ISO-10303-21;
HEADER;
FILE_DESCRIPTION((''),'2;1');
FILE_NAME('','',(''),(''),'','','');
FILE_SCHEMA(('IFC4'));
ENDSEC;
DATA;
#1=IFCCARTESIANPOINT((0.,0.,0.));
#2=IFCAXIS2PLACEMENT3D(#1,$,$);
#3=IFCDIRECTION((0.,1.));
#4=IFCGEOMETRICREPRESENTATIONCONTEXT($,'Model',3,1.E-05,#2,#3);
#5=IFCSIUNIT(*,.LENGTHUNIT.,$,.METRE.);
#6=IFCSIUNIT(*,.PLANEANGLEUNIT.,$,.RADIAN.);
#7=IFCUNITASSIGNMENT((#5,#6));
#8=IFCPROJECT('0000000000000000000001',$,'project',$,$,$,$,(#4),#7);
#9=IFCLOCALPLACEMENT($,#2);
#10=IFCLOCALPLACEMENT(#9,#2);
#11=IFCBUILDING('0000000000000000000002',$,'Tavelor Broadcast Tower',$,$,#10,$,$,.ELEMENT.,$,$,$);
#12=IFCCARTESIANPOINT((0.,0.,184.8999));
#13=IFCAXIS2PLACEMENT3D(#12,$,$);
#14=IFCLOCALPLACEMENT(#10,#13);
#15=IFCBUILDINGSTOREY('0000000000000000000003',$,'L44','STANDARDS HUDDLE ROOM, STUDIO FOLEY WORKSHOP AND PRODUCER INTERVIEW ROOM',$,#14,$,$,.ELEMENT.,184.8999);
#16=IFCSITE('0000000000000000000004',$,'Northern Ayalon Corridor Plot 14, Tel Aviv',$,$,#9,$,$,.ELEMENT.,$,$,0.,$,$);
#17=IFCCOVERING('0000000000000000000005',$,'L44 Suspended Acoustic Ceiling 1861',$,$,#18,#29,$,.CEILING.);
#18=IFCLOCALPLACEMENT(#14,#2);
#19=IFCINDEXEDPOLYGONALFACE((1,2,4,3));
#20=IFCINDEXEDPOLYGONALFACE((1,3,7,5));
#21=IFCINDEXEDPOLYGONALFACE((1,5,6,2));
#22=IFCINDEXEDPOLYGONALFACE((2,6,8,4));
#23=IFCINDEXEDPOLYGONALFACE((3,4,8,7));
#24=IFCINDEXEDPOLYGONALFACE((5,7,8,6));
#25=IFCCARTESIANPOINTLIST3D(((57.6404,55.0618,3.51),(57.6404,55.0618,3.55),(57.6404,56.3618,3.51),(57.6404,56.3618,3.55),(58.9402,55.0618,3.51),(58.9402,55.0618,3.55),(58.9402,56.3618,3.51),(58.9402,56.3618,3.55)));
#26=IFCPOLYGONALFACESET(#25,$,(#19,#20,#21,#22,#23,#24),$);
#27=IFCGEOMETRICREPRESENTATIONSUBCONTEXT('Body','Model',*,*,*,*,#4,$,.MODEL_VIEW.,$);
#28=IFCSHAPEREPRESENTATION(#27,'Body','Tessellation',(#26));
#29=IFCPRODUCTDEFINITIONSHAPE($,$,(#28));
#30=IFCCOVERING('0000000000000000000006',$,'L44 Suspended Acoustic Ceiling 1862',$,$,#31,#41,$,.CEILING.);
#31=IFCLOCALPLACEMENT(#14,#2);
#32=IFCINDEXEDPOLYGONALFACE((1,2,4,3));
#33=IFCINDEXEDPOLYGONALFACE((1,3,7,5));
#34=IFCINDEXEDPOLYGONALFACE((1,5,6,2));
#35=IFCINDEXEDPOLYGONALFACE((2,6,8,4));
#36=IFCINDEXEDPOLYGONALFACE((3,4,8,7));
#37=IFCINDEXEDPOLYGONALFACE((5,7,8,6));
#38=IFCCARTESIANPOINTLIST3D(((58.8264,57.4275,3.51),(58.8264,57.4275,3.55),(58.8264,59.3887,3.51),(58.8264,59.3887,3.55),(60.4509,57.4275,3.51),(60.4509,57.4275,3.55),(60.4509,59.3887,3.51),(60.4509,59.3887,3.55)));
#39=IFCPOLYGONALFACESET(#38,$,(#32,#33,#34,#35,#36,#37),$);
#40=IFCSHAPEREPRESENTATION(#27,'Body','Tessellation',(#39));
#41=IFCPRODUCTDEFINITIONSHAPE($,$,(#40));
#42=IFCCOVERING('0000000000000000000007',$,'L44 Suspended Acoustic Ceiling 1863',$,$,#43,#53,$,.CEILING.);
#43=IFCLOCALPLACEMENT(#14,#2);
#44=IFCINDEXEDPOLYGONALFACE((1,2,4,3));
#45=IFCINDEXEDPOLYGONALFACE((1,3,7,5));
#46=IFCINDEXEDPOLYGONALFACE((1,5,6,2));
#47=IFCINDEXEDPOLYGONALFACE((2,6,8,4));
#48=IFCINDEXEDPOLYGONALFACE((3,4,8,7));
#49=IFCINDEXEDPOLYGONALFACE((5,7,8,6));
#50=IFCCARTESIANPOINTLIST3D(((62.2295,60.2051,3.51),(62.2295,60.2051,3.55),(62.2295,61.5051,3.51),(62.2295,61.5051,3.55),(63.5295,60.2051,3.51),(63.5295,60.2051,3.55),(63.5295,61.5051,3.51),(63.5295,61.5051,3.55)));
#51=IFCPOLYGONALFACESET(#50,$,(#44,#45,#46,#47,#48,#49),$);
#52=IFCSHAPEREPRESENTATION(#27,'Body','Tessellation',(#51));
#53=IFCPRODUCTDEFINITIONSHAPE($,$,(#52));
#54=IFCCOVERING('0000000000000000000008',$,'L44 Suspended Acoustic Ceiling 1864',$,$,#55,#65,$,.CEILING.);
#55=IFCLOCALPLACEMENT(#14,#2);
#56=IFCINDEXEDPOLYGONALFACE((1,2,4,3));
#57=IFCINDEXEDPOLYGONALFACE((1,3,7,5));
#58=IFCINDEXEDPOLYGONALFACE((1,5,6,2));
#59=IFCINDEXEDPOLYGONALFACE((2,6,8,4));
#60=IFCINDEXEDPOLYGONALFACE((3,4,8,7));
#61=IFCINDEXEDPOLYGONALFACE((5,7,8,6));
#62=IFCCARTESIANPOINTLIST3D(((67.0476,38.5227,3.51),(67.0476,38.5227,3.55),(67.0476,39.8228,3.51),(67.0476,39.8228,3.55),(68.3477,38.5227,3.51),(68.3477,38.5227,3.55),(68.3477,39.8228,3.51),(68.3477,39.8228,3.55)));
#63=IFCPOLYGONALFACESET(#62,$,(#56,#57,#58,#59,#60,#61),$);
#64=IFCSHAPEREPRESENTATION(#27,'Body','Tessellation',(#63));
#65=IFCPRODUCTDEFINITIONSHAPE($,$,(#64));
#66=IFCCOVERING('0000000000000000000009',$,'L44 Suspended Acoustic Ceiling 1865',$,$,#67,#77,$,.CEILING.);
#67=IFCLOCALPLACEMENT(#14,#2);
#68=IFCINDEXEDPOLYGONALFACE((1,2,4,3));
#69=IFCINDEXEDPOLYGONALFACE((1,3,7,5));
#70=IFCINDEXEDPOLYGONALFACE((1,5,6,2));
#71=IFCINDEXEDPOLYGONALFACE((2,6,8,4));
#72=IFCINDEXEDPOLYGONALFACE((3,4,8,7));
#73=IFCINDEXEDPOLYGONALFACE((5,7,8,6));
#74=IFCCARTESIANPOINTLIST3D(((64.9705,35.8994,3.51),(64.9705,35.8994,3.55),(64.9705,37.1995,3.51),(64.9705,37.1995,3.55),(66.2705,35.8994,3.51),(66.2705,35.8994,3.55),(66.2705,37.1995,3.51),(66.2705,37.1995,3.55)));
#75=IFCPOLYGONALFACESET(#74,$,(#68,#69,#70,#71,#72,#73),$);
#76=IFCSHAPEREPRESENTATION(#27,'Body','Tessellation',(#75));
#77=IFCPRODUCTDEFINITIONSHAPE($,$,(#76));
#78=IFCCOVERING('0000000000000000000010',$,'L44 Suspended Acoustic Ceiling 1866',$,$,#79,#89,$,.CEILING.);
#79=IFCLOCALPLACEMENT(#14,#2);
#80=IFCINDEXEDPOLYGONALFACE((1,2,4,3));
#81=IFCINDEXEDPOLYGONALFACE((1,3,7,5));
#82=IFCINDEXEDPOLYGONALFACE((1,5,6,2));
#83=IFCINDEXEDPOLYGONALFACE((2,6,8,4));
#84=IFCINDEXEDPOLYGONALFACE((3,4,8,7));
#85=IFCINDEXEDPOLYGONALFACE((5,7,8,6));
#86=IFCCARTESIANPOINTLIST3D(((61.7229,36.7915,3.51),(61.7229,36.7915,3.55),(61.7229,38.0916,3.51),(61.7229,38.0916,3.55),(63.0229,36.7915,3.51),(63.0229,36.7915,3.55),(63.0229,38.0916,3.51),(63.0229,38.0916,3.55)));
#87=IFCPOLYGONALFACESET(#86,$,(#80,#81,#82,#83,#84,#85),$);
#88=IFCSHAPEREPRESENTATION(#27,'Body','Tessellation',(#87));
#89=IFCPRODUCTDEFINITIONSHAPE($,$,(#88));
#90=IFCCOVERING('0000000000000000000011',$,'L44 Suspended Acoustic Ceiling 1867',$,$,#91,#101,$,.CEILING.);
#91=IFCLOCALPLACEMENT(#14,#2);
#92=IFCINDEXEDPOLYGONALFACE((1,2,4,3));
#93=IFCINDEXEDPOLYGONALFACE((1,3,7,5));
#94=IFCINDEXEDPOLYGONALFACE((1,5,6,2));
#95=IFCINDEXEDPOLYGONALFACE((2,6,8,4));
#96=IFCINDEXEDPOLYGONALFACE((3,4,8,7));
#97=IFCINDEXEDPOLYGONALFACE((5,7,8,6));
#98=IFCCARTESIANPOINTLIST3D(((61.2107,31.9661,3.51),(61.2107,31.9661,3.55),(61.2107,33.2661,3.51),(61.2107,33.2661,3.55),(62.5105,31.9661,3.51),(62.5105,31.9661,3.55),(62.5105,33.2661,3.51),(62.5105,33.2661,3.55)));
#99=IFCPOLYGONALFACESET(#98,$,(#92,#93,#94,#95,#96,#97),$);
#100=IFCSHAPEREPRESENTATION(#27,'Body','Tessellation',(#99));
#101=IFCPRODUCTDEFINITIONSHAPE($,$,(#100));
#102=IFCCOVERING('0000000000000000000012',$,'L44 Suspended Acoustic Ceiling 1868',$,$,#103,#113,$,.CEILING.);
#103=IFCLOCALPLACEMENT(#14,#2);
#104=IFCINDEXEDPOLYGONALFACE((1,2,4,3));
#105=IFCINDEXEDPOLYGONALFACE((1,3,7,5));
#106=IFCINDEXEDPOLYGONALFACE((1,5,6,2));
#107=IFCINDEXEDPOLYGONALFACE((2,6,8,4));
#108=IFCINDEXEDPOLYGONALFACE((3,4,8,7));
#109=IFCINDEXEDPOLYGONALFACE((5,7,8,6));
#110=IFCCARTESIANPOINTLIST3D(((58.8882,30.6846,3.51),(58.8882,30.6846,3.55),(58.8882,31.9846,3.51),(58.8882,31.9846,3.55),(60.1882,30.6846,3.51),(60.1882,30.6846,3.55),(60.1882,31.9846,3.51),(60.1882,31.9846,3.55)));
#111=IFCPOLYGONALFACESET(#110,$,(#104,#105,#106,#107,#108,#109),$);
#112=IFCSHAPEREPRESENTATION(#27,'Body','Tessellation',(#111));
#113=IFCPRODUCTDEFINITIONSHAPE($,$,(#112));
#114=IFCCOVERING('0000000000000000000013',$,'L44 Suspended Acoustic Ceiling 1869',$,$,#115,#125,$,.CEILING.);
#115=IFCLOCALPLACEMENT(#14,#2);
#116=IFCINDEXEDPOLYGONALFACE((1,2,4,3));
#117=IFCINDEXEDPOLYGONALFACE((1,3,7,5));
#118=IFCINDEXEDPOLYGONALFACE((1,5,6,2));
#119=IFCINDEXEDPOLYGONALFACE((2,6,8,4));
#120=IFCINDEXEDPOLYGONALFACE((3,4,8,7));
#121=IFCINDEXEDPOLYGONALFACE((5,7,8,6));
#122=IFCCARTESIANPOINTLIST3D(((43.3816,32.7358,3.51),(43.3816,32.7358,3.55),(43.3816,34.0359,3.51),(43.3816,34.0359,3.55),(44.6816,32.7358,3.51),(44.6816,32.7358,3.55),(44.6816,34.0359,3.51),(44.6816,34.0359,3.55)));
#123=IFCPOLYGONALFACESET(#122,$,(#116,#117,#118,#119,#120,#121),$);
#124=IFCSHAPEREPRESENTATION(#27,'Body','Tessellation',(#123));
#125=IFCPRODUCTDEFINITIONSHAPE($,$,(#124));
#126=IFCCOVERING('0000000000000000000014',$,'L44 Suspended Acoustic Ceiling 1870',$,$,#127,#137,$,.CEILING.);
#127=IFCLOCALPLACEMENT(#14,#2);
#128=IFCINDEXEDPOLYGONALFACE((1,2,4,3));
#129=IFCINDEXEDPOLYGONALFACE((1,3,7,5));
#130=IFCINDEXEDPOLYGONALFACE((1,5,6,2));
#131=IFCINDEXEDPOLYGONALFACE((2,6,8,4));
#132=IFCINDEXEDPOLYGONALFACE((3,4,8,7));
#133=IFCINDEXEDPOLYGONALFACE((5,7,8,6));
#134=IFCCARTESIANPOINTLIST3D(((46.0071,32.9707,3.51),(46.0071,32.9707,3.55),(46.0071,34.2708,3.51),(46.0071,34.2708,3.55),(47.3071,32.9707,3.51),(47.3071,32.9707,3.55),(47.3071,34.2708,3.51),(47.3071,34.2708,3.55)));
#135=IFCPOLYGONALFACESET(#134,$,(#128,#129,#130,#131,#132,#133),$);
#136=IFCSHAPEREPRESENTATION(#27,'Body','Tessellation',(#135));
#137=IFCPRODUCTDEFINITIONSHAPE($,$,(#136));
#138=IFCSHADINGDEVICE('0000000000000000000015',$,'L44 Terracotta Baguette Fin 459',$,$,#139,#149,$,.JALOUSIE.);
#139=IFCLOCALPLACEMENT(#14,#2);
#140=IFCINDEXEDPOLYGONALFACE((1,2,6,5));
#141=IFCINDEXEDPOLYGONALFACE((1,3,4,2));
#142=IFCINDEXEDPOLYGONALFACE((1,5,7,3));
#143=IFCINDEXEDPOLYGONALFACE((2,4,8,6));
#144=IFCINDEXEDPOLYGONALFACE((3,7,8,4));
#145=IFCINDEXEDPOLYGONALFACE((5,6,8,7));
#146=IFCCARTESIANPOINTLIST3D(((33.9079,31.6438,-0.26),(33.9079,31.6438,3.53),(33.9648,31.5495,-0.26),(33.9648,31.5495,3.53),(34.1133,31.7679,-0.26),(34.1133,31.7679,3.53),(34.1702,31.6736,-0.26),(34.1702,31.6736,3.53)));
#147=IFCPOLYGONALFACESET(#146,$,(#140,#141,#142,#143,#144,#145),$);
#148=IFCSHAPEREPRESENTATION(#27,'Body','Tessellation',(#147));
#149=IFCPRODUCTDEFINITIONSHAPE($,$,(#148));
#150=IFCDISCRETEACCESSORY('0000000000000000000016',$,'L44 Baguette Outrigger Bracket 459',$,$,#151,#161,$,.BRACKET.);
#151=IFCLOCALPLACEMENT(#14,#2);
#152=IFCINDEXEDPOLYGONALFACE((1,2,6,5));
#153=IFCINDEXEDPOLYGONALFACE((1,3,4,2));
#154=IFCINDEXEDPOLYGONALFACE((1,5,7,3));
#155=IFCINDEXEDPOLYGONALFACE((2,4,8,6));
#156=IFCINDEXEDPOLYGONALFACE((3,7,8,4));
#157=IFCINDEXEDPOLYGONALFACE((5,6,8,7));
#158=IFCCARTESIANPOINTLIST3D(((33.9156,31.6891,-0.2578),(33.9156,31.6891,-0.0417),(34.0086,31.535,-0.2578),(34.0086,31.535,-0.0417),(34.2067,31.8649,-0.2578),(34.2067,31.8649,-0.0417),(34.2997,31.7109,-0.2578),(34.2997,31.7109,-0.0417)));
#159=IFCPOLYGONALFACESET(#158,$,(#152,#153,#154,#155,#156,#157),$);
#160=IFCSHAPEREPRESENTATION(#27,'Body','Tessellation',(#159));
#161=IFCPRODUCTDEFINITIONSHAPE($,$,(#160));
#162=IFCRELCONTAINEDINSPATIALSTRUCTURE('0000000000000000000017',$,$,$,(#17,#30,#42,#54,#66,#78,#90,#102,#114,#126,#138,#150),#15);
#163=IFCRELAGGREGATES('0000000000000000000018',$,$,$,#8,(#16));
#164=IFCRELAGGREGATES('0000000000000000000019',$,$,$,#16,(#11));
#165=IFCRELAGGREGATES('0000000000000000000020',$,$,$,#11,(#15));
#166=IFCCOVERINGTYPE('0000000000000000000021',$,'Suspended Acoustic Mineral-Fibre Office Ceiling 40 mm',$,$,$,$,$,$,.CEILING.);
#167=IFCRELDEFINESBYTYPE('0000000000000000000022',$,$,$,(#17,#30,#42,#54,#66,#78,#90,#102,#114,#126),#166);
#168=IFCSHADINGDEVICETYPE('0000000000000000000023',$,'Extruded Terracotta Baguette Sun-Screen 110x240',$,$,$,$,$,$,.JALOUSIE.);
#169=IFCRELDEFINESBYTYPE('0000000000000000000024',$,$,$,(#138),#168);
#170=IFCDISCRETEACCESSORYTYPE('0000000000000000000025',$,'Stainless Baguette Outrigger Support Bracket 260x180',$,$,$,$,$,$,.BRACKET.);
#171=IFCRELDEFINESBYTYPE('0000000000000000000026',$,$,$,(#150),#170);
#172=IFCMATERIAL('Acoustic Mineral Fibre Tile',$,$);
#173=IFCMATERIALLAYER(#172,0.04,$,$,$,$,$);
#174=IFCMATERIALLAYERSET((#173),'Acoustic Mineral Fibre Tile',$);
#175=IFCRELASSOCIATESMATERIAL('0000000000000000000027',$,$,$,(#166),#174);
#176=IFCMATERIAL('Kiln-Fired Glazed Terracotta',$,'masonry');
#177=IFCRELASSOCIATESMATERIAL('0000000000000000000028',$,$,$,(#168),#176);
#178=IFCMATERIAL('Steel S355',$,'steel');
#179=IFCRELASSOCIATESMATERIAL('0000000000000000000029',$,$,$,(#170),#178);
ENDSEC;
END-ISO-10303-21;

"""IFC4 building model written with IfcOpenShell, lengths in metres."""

from ifc_helpers import new_model, si_unit, direction, frame, origin, origin_2d, place, context, subcontext, project, spatial, polyline, rectangle, outline, extrude, source, transform, mapped, material, layer, layer_set, type_object, type_shapes, element, save


model = new_model("IFC4")

# Units and contexts
model_context = context("Model", 3, precision=1e-05, world=origin(), true_north=direction((0.0, 1.0)))
body_context = subcontext(model_context, "Body", "Model", "MODEL_VIEW")
ifc_project = project(units=[si_unit("LENGTHUNIT", "METRE"), si_unit("PLANEANGLEUNIT", "RADIAN")], contexts=[model_context])

# Site, building, storey
site_placement = place(None, origin())
site = spatial("IfcSite", under=ifc_project, at=site_placement, Name="Northern Ayalon Corridor Plot 14, Tel Aviv", CompositionType="ELEMENT", RefElevation=0.0)
building_placement = place(site_placement, origin())
building = spatial("IfcBuilding", under=site, at=building_placement, Name="Tavelor Broadcast Tower", CompositionType="ELEMENT")
storey_placement = place(building_placement, frame((0.0, 0.0, 184.8999)))
storey = spatial("IfcBuildingStorey", under=building, at=storey_placement, Name="L44", Description="STANDARDS HUDDLE ROOM, STUDIO FOLEY WORKSHOP AND PRODUCER INTERVIEW ROOM", CompositionType="ELEMENT", Elevation=184.8999)

# Coverings
ifc_material_1 = material(Name="Acoustic Mineral Fibre Tile")
ifc_layer_1 = layer(ifc_material_1, 0.04)
ifc_layer_set_1 = layer_set([ifc_layer_1], Name="Acoustic Mineral Fibre Tile")
covering_type_1 = type_object("IfcCoveringType", Name="Suspended Acoustic Mineral-Fibre Office Ceiling 40 mm", PredefinedType="CEILING", material=ifc_layer_set_1)
covering_1_placement = place(storey_placement, frame((0.0, 0.0, 3.51)))
element("IfcCovering", 1, at=covering_1_placement, inside=storey, type_object=covering_type_1, Name="L44 Suspended Acoustic Ceiling 1861", PredefinedType="CEILING", context=body_context, shape_type="SweptSolid", body=[
    extrude(outline(polyline([(57.6404, 55.0618), (58.9402, 55.0618), (58.9402, 56.3618), (57.6404, 56.3618), (57.6404, 55.0618)])), origin(), (0.0, 0.0, 1.0), 0.04),
])
covering_2_placement = place(storey_placement, frame((0.0, 0.0, 3.51)))
element("IfcCovering", 2, at=covering_2_placement, inside=storey, type_object=covering_type_1, Name="L44 Suspended Acoustic Ceiling 1862", PredefinedType="CEILING", context=body_context, shape_type="SweptSolid", body=[
    extrude(outline(polyline([(58.8264, 57.4275), (60.4509, 57.4275), (60.4509, 59.3887), (58.8264, 59.3887), (58.8264, 57.4275)])), origin(), (0.0, 0.0, 1.0), 0.04),
])
covering_3_placement = place(storey_placement, frame((0.0, 0.0, 3.51)))
element("IfcCovering", 3, at=covering_3_placement, inside=storey, type_object=covering_type_1, Name="L44 Suspended Acoustic Ceiling 1863", PredefinedType="CEILING", context=body_context, shape_type="SweptSolid", body=[
    extrude(outline(polyline([(62.2295, 60.2051), (63.5295, 60.2051), (63.5295, 61.5051), (62.2295, 61.5051), (62.2295, 60.2051)])), origin(), (0.0, 0.0, 1.0), 0.04),
])
covering_4_placement = place(storey_placement, frame((0.0, 0.0, 3.51)))
element("IfcCovering", 4, at=covering_4_placement, inside=storey, type_object=covering_type_1, Name="L44 Suspended Acoustic Ceiling 1864", PredefinedType="CEILING", context=body_context, shape_type="SweptSolid", body=[
    extrude(outline(polyline([(67.0476, 38.5227), (68.3477, 38.5227), (68.3477, 39.8228), (67.0476, 39.8228), (67.0476, 38.5227)])), origin(), (0.0, 0.0, 1.0), 0.04),
])
covering_5_placement = place(storey_placement, frame((0.0, 0.0, 3.51)))
element("IfcCovering", 5, at=covering_5_placement, inside=storey, type_object=covering_type_1, Name="L44 Suspended Acoustic Ceiling 1865", PredefinedType="CEILING", context=body_context, shape_type="SweptSolid", body=[
    extrude(outline(polyline([(64.9705, 35.8994), (66.2705, 35.8994), (66.2705, 37.1995), (64.9705, 37.1995), (64.9705, 35.8994)])), origin(), (0.0, 0.0, 1.0), 0.04),
])
covering_6_placement = place(storey_placement, frame((0.0, 0.0, 3.51)))
element("IfcCovering", 6, at=covering_6_placement, inside=storey, type_object=covering_type_1, Name="L44 Suspended Acoustic Ceiling 1866", PredefinedType="CEILING", context=body_context, shape_type="SweptSolid", body=[
    extrude(outline(polyline([(61.7229, 36.7915), (63.0229, 36.7915), (63.0229, 38.0916), (61.7229, 38.0916), (61.7229, 36.7915)])), origin(), (0.0, 0.0, 1.0), 0.04),
])
covering_7_placement = place(storey_placement, frame((0.0, 0.0, 3.51)))
element("IfcCovering", 7, at=covering_7_placement, inside=storey, type_object=covering_type_1, Name="L44 Suspended Acoustic Ceiling 1867", PredefinedType="CEILING", context=body_context, shape_type="SweptSolid", body=[
    extrude(outline(polyline([(61.2107, 31.9661), (62.5105, 31.9661), (62.5105, 33.2661), (61.2107, 33.2661), (61.2107, 31.9661)])), origin(), (0.0, 0.0, 1.0), 0.04),
])
covering_8_placement = place(storey_placement, frame((0.0, 0.0, 3.51)))
element("IfcCovering", 8, at=covering_8_placement, inside=storey, type_object=covering_type_1, Name="L44 Suspended Acoustic Ceiling 1868", PredefinedType="CEILING", context=body_context, shape_type="SweptSolid", body=[
    extrude(outline(polyline([(58.8882, 30.6846), (60.1882, 30.6846), (60.1882, 31.9846), (58.8882, 31.9846), (58.8882, 30.6846)])), origin(), (0.0, 0.0, 1.0), 0.04),
])
covering_9_placement = place(storey_placement, frame((0.0, 0.0, 3.51)))
element("IfcCovering", 9, at=covering_9_placement, inside=storey, type_object=covering_type_1, Name="L44 Suspended Acoustic Ceiling 1869", PredefinedType="CEILING", context=body_context, shape_type="SweptSolid", body=[
    extrude(outline(polyline([(43.3816, 32.7358), (44.6816, 32.7358), (44.6816, 34.0359), (43.3816, 34.0359), (43.3816, 32.7358)])), origin(), (0.0, 0.0, 1.0), 0.04),
])
covering_10_placement = place(storey_placement, frame((0.0, 0.0, 3.51)))
element("IfcCovering", 10, at=covering_10_placement, inside=storey, type_object=covering_type_1, Name="L44 Suspended Acoustic Ceiling 1870", PredefinedType="CEILING", context=body_context, shape_type="SweptSolid", body=[
    extrude(outline(polyline([(46.0071, 32.9707), (47.3071, 32.9707), (47.3071, 34.2708), (46.0071, 34.2708), (46.0071, 32.9707)])), origin(), (0.0, 0.0, 1.0), 0.04),
])

# Shading device
ifc_material_2 = material(Name="Kiln-Fired Glazed Terracotta", Category="masonry")
shading_device_type = type_object("IfcShadingDeviceType", Name="Extruded Terracotta Baguette Sun-Screen 110x240", PredefinedType="JALOUSIE", material=ifc_material_2)
shared_shape_1 = source(origin(), body_context, "Body", "SweptSolid", [
    extrude(rectangle(XDim=0.1101, YDim=0.24, at=origin_2d()), origin(), (0.0, 0.0, 1.0), 3.79),
])
type_shapes(shading_device_type, [shared_shape_1])
shading_device_placement = place(storey_placement, frame((34.0391, 31.6587, -0.26), z_axis=(0.0, 0.0, 1.0), x_axis=(0.516982, -0.855997, 0.0)))
element("IfcShadingDevice", 11, at=shading_device_placement, inside=storey, type_object=shading_device_type, Name="L44 Terracotta Baguette Fin 459", PredefinedType="JALOUSIE", context=body_context, shape_type="MappedRepresentation", body=[
    mapped(shared_shape_1, transform((0.0, 0.0, 0.0), scale=1.0)),
])

# Discrete accessory
ifc_material_3 = material(Name="Steel S355", Category="steel")
discrete_accessory_type = type_object("IfcDiscreteAccessoryType", Name="Stainless Baguette Outrigger Support Bracket 260x180", PredefinedType="BRACKET", material=ifc_material_3)
shared_shape_2 = source(origin(), body_context, "Body", "SweptSolid", [
    extrude(rectangle(XDim=0.1799, YDim=0.3401, at=origin_2d()), origin(), (0.0, 0.0, 1.0), 0.2161),
])
type_shapes(discrete_accessory_type, [shared_shape_2])
discrete_accessory_placement = place(storey_placement, frame((34.1077, 31.7, -0.2578), z_axis=(0.0, 0.0, 1.0), x_axis=(0.516982, -0.855997, 0.0)))
element("IfcDiscreteAccessory", 12, at=discrete_accessory_placement, inside=storey, type_object=discrete_accessory_type, Name="L44 Baguette Outrigger Bracket 459", PredefinedType="BRACKET", context=body_context, shape_type="MappedRepresentation", body=[
    mapped(shared_shape_2, transform((0.0, 0.0, 0.0), scale=1.0)),
])

save(model, "model.ifc")
